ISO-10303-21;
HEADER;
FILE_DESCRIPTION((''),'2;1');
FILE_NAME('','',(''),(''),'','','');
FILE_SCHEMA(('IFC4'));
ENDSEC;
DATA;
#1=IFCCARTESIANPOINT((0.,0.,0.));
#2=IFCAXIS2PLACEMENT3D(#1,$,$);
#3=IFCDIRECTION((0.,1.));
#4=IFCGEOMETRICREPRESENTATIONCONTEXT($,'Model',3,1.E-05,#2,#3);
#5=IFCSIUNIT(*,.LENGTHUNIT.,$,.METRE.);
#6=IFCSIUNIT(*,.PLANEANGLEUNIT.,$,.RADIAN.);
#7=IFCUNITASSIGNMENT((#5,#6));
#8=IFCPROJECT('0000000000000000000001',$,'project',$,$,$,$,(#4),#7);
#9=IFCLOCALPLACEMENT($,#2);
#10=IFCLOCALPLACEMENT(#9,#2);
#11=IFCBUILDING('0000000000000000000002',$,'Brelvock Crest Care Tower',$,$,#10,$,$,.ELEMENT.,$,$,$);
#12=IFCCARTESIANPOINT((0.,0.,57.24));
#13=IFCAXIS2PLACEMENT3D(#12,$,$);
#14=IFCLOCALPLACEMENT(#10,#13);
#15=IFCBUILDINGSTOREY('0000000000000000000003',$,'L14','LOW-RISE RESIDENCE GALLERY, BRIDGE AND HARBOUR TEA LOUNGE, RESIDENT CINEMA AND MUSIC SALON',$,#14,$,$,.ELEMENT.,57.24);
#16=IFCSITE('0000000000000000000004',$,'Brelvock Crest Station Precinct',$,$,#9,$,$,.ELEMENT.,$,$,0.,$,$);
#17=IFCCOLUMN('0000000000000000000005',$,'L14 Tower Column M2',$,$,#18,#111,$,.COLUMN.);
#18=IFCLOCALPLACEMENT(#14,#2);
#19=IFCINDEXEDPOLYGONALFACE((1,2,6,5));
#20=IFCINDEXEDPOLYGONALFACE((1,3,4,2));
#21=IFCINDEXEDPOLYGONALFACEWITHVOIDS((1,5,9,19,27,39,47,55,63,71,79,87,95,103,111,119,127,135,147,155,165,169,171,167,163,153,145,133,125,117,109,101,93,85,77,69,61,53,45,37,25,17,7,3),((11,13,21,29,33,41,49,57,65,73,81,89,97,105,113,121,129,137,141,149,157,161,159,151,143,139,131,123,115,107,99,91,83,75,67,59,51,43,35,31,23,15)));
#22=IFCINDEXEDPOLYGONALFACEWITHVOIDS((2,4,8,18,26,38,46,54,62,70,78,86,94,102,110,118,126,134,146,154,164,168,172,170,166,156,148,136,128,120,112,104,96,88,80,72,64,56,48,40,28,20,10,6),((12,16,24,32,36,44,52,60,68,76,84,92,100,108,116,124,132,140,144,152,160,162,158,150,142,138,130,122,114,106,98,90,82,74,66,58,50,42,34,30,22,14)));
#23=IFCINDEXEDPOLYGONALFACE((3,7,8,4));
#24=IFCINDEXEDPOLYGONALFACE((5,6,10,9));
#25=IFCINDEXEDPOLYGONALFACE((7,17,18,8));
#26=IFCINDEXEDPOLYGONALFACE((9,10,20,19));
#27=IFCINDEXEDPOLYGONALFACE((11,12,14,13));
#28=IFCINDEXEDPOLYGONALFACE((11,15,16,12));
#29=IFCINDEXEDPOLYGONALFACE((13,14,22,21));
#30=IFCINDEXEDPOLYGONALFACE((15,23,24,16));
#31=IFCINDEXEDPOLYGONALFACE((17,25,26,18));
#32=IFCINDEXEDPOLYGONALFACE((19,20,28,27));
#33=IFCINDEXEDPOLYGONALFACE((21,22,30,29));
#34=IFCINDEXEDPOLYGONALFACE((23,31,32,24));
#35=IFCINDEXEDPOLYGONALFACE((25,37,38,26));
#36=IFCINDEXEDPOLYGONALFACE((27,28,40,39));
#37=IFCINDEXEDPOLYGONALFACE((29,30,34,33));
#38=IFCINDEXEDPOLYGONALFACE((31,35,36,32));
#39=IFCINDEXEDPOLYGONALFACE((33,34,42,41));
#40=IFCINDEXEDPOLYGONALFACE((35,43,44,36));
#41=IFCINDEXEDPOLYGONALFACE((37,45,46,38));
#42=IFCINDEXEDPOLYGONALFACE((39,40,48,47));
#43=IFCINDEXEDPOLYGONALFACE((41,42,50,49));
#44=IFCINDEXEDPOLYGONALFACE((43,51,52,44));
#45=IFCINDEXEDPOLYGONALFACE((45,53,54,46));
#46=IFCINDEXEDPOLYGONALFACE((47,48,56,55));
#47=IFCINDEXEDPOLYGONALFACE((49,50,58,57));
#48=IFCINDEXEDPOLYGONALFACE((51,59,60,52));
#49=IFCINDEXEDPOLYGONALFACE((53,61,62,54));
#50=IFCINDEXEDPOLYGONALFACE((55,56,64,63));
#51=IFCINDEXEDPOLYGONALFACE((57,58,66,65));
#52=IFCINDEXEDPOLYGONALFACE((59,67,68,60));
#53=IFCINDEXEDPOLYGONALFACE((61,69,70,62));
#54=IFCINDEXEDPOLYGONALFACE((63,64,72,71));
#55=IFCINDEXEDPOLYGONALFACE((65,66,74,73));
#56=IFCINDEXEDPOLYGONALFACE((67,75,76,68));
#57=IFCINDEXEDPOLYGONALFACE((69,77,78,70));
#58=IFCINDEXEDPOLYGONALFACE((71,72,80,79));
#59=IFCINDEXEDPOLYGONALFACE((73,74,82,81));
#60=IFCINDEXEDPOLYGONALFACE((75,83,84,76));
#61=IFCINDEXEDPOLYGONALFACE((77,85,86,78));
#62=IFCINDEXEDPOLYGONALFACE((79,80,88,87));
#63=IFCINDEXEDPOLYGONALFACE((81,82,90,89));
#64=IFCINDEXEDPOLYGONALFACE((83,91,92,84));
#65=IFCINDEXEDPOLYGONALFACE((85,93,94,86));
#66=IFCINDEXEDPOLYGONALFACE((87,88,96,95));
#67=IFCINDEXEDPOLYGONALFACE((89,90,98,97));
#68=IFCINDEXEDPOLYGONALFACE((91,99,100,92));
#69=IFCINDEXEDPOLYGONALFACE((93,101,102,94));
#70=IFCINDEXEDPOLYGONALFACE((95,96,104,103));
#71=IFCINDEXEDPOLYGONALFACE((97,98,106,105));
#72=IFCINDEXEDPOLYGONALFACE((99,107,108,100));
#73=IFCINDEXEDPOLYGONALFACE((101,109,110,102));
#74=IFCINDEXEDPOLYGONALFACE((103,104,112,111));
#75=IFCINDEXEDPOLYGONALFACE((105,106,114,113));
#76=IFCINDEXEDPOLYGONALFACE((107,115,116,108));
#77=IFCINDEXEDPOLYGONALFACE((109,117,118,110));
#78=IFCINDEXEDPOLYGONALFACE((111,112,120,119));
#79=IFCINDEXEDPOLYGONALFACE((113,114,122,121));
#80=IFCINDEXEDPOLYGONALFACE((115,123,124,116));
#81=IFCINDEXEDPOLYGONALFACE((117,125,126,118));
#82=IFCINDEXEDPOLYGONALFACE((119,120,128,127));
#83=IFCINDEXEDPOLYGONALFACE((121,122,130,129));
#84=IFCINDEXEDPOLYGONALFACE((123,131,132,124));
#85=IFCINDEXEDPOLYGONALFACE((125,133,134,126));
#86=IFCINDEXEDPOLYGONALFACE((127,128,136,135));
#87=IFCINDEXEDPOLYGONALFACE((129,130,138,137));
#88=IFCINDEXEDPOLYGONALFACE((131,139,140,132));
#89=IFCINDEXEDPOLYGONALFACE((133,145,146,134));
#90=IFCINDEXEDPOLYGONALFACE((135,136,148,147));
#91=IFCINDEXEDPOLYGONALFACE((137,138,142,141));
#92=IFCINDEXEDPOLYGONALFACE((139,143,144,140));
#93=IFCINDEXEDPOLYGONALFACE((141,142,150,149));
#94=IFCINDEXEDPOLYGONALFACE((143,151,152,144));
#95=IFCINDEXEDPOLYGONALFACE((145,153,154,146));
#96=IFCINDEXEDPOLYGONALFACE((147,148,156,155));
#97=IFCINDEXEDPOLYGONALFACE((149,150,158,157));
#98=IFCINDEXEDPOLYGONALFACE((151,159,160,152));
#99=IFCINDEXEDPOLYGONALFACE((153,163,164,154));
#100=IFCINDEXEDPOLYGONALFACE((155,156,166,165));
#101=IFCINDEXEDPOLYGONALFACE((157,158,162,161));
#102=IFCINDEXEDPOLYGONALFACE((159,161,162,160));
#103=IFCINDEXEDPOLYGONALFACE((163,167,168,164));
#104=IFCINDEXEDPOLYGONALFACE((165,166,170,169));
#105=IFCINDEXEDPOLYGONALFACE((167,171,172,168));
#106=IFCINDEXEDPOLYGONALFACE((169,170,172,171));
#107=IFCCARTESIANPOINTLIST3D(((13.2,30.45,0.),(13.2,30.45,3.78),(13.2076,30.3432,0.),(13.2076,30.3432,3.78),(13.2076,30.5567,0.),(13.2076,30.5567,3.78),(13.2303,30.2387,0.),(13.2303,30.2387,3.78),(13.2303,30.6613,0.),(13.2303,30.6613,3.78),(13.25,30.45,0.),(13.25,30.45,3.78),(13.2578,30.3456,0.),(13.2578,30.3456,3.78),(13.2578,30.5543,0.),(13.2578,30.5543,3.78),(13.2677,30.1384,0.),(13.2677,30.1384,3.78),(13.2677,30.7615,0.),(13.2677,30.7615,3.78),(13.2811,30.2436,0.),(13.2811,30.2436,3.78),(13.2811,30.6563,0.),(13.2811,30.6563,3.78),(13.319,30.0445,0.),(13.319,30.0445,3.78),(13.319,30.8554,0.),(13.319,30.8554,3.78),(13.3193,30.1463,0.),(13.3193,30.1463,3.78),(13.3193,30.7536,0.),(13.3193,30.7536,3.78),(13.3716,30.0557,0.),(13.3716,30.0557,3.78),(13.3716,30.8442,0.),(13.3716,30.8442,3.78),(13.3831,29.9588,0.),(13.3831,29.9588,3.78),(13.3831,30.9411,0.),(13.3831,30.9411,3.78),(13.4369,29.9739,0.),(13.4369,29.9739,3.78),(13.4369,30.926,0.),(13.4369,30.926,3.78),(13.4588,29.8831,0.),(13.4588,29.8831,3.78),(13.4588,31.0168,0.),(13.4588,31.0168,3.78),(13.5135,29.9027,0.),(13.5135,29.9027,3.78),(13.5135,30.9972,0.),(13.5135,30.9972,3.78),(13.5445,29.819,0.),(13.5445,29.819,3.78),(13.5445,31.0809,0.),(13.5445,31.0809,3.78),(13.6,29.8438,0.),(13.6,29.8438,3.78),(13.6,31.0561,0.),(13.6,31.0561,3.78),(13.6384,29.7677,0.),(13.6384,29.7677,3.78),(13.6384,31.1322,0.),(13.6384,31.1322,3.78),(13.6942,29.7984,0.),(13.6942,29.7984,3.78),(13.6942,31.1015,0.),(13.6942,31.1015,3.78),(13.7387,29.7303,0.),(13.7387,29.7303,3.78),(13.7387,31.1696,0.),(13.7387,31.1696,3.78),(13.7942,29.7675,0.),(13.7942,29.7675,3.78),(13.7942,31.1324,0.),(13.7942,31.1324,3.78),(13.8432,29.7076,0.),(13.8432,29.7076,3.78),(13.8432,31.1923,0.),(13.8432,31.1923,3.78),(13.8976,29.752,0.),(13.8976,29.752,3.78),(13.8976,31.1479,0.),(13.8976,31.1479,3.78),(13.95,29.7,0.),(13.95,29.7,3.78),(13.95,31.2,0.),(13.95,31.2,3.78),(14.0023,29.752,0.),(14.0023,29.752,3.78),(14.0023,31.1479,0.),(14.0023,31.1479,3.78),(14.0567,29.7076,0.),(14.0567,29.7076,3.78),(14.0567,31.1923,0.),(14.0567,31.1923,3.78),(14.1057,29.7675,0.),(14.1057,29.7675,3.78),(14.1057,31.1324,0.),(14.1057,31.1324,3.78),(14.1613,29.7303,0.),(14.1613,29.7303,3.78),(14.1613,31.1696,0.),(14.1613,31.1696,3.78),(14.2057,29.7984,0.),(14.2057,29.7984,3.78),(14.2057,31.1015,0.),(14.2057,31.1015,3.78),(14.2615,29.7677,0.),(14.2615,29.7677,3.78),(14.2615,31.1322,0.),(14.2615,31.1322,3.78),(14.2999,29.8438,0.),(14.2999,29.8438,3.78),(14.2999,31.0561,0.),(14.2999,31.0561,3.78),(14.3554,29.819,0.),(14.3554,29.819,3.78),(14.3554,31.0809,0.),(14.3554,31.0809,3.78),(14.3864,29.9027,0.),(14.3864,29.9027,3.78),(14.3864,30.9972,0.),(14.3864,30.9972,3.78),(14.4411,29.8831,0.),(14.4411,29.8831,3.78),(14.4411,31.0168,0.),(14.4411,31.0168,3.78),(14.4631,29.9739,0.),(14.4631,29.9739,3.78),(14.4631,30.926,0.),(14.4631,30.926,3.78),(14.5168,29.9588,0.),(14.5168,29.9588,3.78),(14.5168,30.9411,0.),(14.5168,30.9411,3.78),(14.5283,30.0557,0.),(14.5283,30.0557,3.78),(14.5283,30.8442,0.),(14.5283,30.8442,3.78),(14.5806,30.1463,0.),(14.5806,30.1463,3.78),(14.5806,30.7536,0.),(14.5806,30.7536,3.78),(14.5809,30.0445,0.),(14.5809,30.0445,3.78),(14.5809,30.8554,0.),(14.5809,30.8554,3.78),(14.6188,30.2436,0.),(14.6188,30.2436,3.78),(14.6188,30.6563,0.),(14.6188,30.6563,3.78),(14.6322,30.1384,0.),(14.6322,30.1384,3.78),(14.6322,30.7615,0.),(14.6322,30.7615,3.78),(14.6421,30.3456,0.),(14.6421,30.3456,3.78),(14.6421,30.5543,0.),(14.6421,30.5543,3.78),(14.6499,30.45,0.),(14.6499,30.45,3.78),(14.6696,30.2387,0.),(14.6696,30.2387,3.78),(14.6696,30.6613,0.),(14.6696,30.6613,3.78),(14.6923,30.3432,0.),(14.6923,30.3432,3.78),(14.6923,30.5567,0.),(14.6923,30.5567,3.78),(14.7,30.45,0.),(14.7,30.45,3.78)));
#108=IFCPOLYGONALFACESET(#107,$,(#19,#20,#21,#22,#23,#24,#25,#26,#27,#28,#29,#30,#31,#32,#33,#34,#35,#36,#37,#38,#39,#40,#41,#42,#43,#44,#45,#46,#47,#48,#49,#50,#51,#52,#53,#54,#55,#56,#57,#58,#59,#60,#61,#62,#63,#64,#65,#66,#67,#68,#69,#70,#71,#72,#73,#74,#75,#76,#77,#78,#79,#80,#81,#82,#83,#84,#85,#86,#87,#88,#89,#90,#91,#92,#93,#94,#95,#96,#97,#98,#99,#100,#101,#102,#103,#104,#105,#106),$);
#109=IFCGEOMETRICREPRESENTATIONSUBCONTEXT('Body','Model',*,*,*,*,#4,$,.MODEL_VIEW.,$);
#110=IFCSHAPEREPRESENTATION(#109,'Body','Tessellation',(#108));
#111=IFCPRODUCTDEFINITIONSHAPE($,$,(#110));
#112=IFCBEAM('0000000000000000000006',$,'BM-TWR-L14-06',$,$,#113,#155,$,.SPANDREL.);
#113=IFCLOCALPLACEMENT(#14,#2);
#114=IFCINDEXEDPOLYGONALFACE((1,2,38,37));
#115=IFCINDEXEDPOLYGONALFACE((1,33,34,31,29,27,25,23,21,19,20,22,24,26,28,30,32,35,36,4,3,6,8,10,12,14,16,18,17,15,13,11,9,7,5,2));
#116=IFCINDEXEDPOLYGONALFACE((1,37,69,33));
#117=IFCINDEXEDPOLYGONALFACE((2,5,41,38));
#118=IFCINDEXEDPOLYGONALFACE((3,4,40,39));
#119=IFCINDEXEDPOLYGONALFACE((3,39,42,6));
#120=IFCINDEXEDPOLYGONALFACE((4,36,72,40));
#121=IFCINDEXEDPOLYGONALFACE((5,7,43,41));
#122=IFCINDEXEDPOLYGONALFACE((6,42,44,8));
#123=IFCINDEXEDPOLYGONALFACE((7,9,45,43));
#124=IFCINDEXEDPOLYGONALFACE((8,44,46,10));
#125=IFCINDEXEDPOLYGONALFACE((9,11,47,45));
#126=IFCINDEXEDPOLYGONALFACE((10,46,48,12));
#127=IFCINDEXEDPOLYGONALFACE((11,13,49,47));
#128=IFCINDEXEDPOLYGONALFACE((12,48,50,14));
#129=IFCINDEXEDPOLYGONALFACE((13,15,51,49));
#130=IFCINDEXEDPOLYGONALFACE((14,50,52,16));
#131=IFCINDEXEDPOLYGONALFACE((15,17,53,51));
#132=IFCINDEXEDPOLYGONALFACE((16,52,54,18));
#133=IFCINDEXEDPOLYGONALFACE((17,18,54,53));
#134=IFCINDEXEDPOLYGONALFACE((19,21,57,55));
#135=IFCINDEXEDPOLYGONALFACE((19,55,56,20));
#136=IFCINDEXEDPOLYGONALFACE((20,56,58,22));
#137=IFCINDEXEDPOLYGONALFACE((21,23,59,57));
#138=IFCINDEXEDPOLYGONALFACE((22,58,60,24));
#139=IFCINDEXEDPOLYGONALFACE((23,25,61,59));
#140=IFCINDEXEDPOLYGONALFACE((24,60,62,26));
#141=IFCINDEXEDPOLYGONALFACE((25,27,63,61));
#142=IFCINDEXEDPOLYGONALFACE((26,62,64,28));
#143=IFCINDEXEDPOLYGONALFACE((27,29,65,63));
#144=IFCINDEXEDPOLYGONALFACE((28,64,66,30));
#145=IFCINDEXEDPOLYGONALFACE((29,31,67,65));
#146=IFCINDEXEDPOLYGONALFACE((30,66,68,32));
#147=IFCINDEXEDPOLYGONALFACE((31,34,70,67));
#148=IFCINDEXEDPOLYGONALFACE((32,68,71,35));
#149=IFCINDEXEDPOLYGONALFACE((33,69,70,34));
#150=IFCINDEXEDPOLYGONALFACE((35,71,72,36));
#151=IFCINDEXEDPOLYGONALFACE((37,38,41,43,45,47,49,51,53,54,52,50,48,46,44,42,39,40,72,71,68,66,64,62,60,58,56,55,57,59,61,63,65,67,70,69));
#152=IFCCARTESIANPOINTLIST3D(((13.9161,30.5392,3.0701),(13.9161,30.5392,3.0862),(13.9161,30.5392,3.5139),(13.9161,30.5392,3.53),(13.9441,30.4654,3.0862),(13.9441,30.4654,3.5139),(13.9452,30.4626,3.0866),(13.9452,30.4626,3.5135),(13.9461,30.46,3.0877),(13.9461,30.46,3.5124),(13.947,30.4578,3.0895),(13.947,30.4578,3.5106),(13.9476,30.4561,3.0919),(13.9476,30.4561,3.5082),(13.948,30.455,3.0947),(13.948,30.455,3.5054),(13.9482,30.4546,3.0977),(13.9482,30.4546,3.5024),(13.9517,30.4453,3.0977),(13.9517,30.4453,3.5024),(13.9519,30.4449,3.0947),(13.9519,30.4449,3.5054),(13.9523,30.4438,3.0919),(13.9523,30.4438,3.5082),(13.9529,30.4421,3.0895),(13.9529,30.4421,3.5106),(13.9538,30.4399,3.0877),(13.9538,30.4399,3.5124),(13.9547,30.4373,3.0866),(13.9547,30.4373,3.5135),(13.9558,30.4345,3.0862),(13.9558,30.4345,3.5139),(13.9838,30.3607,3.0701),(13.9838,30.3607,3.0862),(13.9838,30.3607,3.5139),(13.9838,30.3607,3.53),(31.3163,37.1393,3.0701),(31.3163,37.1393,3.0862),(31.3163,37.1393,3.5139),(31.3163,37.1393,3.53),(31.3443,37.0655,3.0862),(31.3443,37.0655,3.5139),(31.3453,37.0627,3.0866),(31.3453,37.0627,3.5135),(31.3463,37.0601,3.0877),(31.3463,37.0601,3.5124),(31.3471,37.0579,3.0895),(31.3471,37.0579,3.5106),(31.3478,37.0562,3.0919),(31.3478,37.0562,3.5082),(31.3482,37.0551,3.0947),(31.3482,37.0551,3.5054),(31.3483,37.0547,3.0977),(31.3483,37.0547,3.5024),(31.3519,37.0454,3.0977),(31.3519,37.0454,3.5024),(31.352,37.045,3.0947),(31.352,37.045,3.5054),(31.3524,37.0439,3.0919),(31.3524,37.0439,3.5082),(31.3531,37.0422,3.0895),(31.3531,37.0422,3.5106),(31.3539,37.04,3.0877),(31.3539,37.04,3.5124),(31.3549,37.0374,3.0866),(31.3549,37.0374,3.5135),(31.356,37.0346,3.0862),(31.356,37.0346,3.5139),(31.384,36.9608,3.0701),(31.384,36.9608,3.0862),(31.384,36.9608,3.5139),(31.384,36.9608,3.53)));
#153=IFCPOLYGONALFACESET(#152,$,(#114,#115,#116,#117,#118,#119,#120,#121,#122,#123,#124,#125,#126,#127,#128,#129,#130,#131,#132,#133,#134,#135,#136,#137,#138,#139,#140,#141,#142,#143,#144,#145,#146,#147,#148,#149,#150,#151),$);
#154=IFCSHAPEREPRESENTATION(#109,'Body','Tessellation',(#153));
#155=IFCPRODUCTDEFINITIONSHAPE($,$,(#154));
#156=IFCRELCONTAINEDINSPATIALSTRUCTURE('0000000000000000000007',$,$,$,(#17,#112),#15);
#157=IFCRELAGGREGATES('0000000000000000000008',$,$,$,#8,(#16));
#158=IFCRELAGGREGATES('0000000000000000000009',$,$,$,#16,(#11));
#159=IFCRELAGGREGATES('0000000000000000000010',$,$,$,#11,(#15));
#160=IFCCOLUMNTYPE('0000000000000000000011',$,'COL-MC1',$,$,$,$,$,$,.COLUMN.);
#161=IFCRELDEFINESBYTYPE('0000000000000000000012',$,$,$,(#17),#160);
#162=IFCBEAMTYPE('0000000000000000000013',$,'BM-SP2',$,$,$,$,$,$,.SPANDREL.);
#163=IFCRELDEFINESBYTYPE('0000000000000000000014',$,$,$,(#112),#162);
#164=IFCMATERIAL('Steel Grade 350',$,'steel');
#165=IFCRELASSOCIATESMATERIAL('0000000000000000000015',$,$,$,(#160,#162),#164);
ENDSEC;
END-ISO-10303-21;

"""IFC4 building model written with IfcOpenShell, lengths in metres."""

from ifc_helpers import new_model, si_unit, direction, frame, origin, origin_2d, place, context, subcontext, project, spatial, hollow_circle, i_section, extrude, source, transform, mapped, material, material_profile, profile_set, type_object, element, save


model = new_model("IFC4")

# Units and contexts
model_context = context("Model", 3, precision=1e-05, world=origin(), true_north=direction((0.0, 1.0)))
body_context = subcontext(model_context, "Body", "Model", "MODEL_VIEW")
ifc_project = project(units=[si_unit("LENGTHUNIT", "METRE"), si_unit("PLANEANGLEUNIT", "RADIAN")], contexts=[model_context])

# Site, building, storey
site_placement = place(None, origin())
site = spatial("IfcSite", under=ifc_project, at=site_placement, Name="Brelvock Crest Station Precinct", CompositionType="ELEMENT", RefElevation=0.0)
building_placement = place(site_placement, origin())
building = spatial("IfcBuilding", under=site, at=building_placement, Name="Brelvock Crest Care Tower", CompositionType="ELEMENT")
storey_placement = place(building_placement, frame((0.0, 0.0, 57.24)))
storey = spatial("IfcBuildingStorey", under=building, at=storey_placement, Name="L14", Description="LOW-RISE RESIDENCE GALLERY, BRIDGE AND HARBOUR TEA LOUNGE, RESIDENT CINEMA AND MUSIC SALON", CompositionType="ELEMENT", Elevation=57.24)

# Column
ifc_material_1 = material(Name="Steel Grade 350", Category="steel")
ifc_material_profile_1 = material_profile(ifc_material_1, hollow_circle(Radius=0.75, WallThickness=0.05, at=origin_2d()), Name="CFT1500x50")
ifc_profile_set_1 = profile_set([ifc_material_profile_1], Name="Steel Grade 350")
column_type = type_object("IfcColumnType", Name="COL-MC1", PredefinedType="COLUMN", material=ifc_profile_set_1)
shared_shape_1 = source(origin(), body_context, "Body", "SweptSolid", [
    extrude(hollow_circle(Radius=0.75, WallThickness=0.05, at=origin_2d()), origin(), (0.0, 0.0, 1.0), 3.78),
])
column_placement = place(storey_placement, frame((13.95, 30.45, 0.0), z_axis=(0.0, 0.0, 1.0), x_axis=(1.0, 0.0, 0.0)))
element("IfcColumn", 1, at=column_placement, inside=storey, type_object=column_type, Name="L14 Tower Column M2", PredefinedType="COLUMN", context=body_context, shape_type="MappedRepresentation", body=[
    mapped(shared_shape_1, transform((0.0, 0.0, 0.0), x_axis=(1.0, 0.0, 0.0), y_axis=(0.0, 1.0, 0.0), z_axis=(0.0, 0.0, 1.0), scale=1.0)),
])

# Beam
ifc_material_profile_2 = material_profile(ifc_material_1, i_section(OverallWidth=0.1909, OverallDepth=0.46, WebThickness=0.01, FlangeThickness=0.0161, FilletRadius=0.0115, at=origin_2d()), Name="460UB82.1")
ifc_profile_set_2 = profile_set([ifc_material_profile_2], Name="Steel Grade 350")
beam_type_1 = type_object("IfcBeamType", Name="BM-SP2", PredefinedType="SPANDREL", material=ifc_profile_set_2)
shared_shape_2 = source(origin(), body_context, "Body", "SweptSolid", [
    extrude(i_section(OverallWidth=0.1909, OverallDepth=0.46, WebThickness=0.01, FlangeThickness=0.0161, FilletRadius=0.0115, at=origin_2d()), origin(), (0.0, 0.0, 1.0), 18.6099),
])
beam_1_placement = place(storey_placement, frame((13.95, 30.45, 3.3), z_axis=(0.934997, 0.354656, 0.0), x_axis=(-0.354656, 0.934997, 0.0)))
element("IfcBeam", 2, at=beam_1_placement, inside=storey, type_object=beam_type_1, Name="BM-TWR-L14-06", PredefinedType="SPANDREL", context=body_context, shape_type="MappedRepresentation", body=[
    mapped(shared_shape_2, transform((0.0, 0.0, 0.0), x_axis=(1.0, 0.0, 0.0), y_axis=(0.0, 1.0, 0.0), z_axis=(0.0, 0.0, 1.0), scale=1.0)),
])

save(model, "model.ifc")
